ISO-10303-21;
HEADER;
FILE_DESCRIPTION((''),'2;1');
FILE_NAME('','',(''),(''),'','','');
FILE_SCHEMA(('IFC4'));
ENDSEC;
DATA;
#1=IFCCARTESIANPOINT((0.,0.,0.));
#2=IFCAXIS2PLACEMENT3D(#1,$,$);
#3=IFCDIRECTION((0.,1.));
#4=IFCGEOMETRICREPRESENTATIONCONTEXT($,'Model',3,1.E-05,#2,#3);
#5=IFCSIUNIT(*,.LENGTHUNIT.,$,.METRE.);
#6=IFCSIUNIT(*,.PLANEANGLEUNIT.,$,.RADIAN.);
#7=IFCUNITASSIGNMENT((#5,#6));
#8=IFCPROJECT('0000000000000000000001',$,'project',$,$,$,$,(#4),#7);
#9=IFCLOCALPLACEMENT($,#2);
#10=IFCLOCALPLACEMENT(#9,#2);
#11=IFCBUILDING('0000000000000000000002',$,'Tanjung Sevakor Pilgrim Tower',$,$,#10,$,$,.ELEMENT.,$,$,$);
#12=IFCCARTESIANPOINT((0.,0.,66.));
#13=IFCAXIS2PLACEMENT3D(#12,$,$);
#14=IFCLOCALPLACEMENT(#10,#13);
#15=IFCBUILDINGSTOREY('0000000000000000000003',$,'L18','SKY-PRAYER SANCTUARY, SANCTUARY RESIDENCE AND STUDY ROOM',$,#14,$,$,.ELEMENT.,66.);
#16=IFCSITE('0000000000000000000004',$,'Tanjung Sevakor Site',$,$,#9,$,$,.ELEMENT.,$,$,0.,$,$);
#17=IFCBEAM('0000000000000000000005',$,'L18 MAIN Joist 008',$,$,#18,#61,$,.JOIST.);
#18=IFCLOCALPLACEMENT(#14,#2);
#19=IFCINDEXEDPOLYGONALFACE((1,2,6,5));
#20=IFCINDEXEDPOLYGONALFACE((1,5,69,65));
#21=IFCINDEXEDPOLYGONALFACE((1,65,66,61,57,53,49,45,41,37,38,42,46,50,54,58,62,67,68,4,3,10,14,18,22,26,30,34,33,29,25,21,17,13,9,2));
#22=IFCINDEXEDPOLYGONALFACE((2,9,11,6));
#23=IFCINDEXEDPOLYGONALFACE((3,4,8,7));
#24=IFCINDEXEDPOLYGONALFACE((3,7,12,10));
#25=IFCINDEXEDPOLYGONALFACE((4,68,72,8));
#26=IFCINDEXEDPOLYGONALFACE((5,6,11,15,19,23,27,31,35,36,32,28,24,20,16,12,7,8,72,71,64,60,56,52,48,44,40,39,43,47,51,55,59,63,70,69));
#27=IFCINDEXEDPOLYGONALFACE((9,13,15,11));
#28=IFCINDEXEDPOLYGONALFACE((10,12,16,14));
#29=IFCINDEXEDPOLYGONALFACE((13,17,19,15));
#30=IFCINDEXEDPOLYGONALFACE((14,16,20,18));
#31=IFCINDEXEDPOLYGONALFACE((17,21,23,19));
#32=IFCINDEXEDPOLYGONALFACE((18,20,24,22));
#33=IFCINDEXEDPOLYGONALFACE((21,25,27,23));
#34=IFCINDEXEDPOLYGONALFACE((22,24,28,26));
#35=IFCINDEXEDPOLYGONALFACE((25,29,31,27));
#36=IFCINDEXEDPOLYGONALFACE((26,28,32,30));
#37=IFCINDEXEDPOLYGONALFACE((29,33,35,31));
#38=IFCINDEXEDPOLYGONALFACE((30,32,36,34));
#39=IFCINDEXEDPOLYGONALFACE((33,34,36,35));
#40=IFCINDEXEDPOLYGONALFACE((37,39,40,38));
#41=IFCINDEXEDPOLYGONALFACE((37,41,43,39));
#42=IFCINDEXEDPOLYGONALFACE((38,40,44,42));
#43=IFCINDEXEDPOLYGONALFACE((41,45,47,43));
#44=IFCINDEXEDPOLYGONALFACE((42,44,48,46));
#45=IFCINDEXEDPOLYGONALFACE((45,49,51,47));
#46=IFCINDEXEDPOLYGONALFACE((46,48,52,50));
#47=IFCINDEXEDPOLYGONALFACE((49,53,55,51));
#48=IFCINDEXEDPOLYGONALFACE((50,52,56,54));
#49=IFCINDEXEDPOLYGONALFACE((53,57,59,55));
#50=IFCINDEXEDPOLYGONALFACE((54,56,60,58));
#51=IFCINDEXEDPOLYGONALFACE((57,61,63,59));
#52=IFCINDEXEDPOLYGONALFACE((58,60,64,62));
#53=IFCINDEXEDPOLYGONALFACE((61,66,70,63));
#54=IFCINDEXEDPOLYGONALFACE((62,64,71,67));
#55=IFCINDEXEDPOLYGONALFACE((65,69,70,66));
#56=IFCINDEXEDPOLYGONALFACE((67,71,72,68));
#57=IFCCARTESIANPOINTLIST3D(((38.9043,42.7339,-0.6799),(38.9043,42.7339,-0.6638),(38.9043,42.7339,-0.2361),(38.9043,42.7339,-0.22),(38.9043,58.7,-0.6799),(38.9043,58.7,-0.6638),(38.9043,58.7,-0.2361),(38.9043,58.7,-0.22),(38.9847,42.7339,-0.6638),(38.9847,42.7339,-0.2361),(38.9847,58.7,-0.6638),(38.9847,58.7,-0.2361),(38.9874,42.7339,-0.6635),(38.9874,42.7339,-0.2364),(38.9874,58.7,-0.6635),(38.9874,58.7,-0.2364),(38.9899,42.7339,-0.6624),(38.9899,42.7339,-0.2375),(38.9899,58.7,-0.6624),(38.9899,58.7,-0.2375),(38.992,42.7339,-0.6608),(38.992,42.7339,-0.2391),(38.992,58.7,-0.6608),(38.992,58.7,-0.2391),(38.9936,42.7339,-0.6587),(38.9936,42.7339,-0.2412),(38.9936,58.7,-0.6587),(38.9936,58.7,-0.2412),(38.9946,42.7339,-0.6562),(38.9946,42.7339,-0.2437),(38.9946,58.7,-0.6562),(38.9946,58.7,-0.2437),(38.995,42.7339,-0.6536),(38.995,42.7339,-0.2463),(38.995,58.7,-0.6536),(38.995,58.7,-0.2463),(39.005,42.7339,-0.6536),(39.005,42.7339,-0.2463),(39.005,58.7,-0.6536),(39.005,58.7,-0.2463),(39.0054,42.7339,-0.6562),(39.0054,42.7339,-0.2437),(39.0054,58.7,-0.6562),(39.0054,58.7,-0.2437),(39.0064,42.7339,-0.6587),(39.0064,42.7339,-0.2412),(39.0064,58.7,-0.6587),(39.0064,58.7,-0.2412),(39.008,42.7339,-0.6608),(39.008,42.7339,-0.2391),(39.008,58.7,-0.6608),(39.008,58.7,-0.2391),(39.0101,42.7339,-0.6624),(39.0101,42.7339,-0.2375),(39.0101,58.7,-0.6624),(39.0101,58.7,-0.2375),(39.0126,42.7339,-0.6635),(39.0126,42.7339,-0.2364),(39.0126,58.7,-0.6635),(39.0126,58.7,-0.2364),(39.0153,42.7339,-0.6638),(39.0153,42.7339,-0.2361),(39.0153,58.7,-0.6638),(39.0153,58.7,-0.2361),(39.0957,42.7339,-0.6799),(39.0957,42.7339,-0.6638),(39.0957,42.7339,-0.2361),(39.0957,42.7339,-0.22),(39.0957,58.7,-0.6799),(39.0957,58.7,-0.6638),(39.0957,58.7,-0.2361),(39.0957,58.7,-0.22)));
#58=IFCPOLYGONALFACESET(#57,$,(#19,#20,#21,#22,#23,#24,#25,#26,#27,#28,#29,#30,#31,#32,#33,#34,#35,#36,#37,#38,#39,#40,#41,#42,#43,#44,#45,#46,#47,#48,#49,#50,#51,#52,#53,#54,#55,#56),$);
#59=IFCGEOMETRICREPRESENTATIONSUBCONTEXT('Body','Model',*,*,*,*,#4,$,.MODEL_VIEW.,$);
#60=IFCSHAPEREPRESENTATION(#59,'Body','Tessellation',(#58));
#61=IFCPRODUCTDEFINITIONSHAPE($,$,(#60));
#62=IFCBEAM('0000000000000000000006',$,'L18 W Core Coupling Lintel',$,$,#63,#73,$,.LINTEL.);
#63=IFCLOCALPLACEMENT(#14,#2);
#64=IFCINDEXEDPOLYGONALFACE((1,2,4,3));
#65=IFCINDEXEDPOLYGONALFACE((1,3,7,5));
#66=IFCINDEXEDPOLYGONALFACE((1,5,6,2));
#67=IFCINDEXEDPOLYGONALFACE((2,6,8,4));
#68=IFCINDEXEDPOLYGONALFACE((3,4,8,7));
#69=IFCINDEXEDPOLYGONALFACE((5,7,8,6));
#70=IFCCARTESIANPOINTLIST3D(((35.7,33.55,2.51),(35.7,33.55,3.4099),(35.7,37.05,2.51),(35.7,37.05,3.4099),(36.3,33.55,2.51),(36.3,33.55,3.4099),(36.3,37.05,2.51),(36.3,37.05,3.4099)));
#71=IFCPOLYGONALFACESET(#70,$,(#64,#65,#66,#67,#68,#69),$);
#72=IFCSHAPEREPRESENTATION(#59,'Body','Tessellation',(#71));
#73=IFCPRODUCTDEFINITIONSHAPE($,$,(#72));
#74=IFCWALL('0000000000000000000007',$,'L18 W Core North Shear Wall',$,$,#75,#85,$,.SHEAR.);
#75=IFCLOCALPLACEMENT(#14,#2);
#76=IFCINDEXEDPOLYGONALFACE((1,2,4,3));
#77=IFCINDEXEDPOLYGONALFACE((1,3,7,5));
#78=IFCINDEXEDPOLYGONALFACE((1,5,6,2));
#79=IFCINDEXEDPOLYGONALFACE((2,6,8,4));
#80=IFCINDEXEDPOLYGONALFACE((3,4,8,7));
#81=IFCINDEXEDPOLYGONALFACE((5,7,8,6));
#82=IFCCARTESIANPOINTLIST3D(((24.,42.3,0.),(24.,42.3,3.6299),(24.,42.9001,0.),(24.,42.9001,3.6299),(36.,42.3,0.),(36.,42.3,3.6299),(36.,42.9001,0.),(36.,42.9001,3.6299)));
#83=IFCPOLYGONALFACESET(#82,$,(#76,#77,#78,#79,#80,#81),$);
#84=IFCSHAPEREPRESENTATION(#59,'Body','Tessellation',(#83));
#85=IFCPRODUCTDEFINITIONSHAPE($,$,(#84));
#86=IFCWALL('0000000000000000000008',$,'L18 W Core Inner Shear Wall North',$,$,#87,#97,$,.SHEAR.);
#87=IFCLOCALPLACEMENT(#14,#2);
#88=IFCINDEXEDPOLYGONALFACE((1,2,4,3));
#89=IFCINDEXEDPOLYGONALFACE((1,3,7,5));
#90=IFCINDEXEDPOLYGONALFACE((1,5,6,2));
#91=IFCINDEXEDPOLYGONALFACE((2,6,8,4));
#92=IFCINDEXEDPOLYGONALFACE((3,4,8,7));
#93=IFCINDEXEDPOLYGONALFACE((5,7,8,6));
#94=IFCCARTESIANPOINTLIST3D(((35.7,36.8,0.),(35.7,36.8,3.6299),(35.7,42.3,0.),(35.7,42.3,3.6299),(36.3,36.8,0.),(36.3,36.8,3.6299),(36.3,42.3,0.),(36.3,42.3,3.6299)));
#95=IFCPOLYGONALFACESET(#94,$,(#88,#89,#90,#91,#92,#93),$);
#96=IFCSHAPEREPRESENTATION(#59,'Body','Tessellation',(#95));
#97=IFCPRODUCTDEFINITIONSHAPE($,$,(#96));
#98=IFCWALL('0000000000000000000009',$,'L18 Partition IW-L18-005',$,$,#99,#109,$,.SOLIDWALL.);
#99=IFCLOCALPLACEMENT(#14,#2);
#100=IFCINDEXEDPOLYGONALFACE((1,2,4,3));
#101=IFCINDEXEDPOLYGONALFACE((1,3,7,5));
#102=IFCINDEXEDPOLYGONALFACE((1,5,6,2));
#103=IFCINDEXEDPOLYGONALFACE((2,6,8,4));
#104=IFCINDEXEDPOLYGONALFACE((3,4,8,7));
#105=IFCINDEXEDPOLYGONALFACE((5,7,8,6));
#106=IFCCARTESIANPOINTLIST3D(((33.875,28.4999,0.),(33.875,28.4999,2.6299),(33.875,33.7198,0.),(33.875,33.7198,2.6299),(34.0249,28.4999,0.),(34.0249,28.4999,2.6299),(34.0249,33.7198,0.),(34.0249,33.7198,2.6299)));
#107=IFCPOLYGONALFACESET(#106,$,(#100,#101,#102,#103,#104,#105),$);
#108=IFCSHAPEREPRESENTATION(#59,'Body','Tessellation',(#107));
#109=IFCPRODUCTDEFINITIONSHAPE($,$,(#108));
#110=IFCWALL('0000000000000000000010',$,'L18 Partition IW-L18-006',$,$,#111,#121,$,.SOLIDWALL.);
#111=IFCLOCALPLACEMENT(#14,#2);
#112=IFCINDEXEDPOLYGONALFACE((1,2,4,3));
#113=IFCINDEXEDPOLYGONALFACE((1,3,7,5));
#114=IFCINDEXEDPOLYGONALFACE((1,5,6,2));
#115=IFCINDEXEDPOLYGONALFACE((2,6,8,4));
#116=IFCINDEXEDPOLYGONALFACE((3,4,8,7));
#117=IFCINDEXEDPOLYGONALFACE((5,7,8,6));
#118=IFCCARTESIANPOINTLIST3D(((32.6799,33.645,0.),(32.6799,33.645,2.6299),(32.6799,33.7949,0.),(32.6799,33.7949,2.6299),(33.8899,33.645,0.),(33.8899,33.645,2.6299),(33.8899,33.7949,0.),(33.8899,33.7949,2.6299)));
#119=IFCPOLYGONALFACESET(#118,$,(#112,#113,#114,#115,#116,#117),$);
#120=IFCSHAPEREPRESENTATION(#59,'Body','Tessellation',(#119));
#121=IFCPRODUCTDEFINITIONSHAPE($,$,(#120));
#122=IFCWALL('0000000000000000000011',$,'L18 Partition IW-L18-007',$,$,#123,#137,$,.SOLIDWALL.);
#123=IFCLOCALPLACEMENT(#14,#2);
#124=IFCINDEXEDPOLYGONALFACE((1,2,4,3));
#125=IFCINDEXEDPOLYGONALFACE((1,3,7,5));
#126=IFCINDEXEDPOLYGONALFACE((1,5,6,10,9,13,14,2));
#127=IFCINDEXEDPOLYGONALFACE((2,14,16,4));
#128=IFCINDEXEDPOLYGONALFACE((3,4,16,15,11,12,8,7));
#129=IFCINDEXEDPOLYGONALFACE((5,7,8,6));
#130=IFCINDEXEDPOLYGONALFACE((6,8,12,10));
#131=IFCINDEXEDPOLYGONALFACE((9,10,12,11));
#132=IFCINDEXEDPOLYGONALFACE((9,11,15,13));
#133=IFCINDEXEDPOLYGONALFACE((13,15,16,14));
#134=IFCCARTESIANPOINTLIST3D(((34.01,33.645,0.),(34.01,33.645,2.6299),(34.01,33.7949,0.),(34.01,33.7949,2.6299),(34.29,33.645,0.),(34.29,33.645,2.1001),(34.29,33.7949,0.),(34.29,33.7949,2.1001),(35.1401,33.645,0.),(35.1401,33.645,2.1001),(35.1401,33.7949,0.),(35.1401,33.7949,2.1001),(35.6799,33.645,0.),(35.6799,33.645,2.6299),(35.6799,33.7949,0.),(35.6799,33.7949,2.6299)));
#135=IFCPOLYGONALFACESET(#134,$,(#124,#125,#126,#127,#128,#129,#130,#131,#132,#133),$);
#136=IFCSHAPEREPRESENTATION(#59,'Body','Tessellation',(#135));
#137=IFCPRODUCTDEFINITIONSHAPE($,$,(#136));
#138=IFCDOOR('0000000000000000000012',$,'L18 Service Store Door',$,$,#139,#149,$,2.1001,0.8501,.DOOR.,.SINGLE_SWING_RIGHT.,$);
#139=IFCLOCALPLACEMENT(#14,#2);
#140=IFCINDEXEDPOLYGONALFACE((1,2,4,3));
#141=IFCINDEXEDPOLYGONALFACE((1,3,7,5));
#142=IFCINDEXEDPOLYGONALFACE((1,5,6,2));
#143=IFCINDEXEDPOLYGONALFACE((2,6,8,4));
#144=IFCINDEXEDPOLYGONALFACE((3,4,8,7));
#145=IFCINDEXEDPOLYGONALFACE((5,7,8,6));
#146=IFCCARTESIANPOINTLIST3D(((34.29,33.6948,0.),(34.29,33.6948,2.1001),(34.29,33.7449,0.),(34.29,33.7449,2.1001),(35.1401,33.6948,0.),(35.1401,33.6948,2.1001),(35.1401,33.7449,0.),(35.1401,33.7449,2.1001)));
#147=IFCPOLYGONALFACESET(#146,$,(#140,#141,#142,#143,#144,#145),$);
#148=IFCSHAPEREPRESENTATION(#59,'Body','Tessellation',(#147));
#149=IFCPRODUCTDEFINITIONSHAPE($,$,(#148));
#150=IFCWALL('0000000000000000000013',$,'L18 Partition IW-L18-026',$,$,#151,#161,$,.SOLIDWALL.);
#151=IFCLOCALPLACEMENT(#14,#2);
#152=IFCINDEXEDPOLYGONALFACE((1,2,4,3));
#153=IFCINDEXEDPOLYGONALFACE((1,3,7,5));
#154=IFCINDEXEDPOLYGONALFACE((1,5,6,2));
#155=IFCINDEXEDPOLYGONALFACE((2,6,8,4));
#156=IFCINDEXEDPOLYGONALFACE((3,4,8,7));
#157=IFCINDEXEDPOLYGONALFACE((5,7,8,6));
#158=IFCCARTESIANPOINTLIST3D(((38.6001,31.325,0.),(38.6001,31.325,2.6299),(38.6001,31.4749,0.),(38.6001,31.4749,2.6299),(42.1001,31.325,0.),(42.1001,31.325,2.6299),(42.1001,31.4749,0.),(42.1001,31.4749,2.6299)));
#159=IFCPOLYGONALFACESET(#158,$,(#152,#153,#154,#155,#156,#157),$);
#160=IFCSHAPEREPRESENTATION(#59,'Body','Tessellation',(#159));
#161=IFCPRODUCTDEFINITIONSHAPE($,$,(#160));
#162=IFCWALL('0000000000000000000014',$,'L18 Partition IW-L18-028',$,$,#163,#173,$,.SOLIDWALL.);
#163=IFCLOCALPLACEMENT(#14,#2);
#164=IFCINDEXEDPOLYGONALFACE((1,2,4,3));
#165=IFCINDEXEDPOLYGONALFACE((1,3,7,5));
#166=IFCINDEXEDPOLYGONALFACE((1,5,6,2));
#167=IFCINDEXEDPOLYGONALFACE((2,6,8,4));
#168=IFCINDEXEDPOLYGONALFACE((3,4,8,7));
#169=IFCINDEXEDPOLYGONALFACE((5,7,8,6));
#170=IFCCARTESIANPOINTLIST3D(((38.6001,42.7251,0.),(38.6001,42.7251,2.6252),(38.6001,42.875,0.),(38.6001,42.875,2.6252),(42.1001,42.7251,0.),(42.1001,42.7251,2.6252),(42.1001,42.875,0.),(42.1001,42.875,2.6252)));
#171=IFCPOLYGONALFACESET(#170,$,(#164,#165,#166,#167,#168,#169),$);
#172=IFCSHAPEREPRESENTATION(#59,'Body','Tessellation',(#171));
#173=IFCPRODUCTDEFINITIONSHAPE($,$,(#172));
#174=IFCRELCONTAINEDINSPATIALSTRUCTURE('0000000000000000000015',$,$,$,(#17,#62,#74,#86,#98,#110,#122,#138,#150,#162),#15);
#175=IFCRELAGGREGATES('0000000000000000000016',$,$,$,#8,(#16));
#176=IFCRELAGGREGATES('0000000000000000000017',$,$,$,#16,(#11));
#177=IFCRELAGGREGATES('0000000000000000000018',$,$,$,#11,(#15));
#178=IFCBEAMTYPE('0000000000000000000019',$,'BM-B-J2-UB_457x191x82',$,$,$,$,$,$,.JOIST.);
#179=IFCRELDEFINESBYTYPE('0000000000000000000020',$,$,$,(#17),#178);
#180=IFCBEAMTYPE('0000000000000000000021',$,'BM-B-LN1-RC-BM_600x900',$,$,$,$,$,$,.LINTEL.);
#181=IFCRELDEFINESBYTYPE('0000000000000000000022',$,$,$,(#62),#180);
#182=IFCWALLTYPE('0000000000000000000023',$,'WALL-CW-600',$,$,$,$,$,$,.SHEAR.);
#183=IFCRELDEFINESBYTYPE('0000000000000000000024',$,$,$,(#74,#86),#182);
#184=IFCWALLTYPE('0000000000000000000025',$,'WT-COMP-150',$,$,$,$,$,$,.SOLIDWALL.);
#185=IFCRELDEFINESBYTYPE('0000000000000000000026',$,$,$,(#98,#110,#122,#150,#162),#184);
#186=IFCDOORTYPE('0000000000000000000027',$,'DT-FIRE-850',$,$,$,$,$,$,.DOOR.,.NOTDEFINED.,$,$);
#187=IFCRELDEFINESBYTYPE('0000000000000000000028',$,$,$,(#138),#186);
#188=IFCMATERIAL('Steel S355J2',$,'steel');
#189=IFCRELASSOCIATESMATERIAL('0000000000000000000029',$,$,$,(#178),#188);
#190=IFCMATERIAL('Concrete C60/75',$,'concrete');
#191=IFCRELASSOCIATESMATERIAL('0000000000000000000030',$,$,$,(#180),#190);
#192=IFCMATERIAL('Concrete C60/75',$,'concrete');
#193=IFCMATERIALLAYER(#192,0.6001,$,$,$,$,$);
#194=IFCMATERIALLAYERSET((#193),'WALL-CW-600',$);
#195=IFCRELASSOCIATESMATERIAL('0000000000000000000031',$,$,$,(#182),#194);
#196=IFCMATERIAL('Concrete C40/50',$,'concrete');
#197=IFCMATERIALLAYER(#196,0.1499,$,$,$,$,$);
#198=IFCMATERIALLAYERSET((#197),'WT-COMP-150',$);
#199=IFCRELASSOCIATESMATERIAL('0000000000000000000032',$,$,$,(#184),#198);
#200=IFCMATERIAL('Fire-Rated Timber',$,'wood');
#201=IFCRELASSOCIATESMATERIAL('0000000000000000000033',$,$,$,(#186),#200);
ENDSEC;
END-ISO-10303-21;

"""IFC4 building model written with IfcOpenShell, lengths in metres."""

from ifc_helpers import new_model, si_unit, direction, frame, frame_2d, origin, origin_2d, place, context, subcontext, project, spatial, rectangle, i_section, extrude, material, layer, layer_set, material_profile, profile_set, type_object, element, fill, save


model = new_model("IFC4")

# Units and contexts
model_context = context("Model", 3, precision=1e-05, world=origin(), true_north=direction((0.0, 1.0)))
body_context = subcontext(model_context, "Body", "Model", "MODEL_VIEW")
ifc_project = project(units=[si_unit("LENGTHUNIT", "METRE"), si_unit("PLANEANGLEUNIT", "RADIAN")], contexts=[model_context])

# Site, building, storey
site_placement = place(None, origin())
site = spatial("IfcSite", under=ifc_project, at=site_placement, Name="Tanjung Sevakor Site", CompositionType="ELEMENT", RefElevation=0.0)
building_placement = place(site_placement, origin())
building = spatial("IfcBuilding", under=site, at=building_placement, Name="Tanjung Sevakor Pilgrim Tower", CompositionType="ELEMENT")
storey_placement = place(building_placement, frame((0.0, 0.0, 66.0)))
storey = spatial("IfcBuildingStorey", under=building, at=storey_placement, Name="L18", Description="SKY-PRAYER SANCTUARY, SANCTUARY RESIDENCE AND STUDY ROOM", CompositionType="ELEMENT", Elevation=66.0)

# Beams
ifc_material_1 = material(Name="Steel S355J2", Category="steel")
ifc_material_profile_1 = material_profile(ifc_material_1, i_section(OverallWidth=0.1914, OverallDepth=0.46, WebThickness=0.01, FlangeThickness=0.0161, FilletRadius=0.0103, at=origin_2d()))
ifc_profile_set_1 = profile_set([ifc_material_profile_1], Name="Steel S355J2")
beam_type_1 = type_object("IfcBeamType", Name="BM-B-J2-UB_457x191x82", PredefinedType="JOIST", material=ifc_profile_set_1)
for number, where, z_axis, x_axis, name in (
    (1, (39.0, 42.7339, -0.45), (0.0, 1.0, 0.0), (-1.0, 0.0, 0.0), "L18 MAIN Joist 008"),
):
    element("IfcBeam", number, at=place(storey_placement, frame(where, z_axis=z_axis, x_axis=x_axis)), inside=storey, type_object=beam_type_1, Name=name, PredefinedType="JOIST", context=body_context, shape_type="SweptSolid", body=[
        extrude(i_section(OverallWidth=0.1914, OverallDepth=0.46, WebThickness=0.01, FlangeThickness=0.0161, FilletRadius=0.0103, at=origin_2d()), origin(), (0.0, 0.0, 1.0), 15.9661),
    ])
ifc_material_2 = material(Name="Concrete C60/75", Category="concrete")
ifc_material_profile_2 = material_profile(ifc_material_2, rectangle(XDim=0.6001, YDim=0.8999, at=origin_2d()))
ifc_profile_set_2 = profile_set([ifc_material_profile_2], Name="Concrete C60/75")
beam_type_2 = type_object("IfcBeamType", Name="BM-B-LN1-RC-BM_600x900", PredefinedType="LINTEL", material=ifc_profile_set_2)
beam_1_placement = place(storey_placement, frame((36.0, 33.55, 2.96), z_axis=(0.0, 1.0, 0.0), x_axis=(-1.0, 0.0, 0.0)))
element("IfcBeam", 2, at=beam_1_placement, inside=storey, type_object=beam_type_2, Name="L18 W Core Coupling Lintel", PredefinedType="LINTEL", context=body_context, shape_type="SweptSolid", body=[
    extrude(rectangle(XDim=0.6001, YDim=0.8999, at=origin_2d()), origin(), (0.0, 0.0, 1.0), 3.5),
])

# Walls
ifc_material_3 = material(Name="Concrete C60/75", Category="concrete")
ifc_layer_1 = layer(ifc_material_3, 0.6001)
ifc_layer_set_1 = layer_set([ifc_layer_1], Name="WALL-CW-600")
wall_type_1 = type_object("IfcWallType", Name="WALL-CW-600", PredefinedType="SHEAR", material=ifc_layer_set_1)
wall_1_placement = place(storey_placement, frame((36.0, 42.6001, 0.0), z_axis=(0.0, 0.0, 1.0), x_axis=(-1.0, 0.0, 0.0)))
element("IfcWall", 3, at=wall_1_placement, inside=storey, type_object=wall_type_1, Name="L18 W Core North Shear Wall", PredefinedType="SHEAR", context=body_context, shape_type="SweptSolid", body=[
    extrude(rectangle(XDim=12.0, YDim=0.6001, at=frame_2d((6.0, 0.0))), origin(), (0.0, 0.0, 1.0), 3.6299),
])
wall_2_placement = place(storey_placement, frame((36.0, 36.8, 0.0), z_axis=(0.0, 0.0, 1.0), x_axis=(0.0, 1.0, 0.0)))
element("IfcWall", 4, at=wall_2_placement, inside=storey, type_object=wall_type_1, Name="L18 W Core Inner Shear Wall North", PredefinedType="SHEAR", context=body_context, shape_type="SweptSolid", body=[
    extrude(rectangle(XDim=5.5, YDim=0.6001, at=frame_2d((2.75, 0.0))), origin(), (0.0, 0.0, 1.0), 3.6299),
])
ifc_material_4 = material(Name="Concrete C40/50", Category="concrete")
ifc_layer_2 = layer(ifc_material_4, 0.1499)
ifc_layer_set_2 = layer_set([ifc_layer_2], Name="WT-COMP-150")
wall_type_2 = type_object("IfcWallType", Name="WT-COMP-150", PredefinedType="SOLIDWALL", material=ifc_layer_set_2)
wall_3_placement = place(storey_placement, frame((33.95, 28.5, 0.0), z_axis=(0.0, 0.0, 1.0), x_axis=(0.0, 1.0, 0.0)))
element("IfcWall", 5, at=wall_3_placement, inside=storey, type_object=wall_type_2, Name="L18 Partition IW-L18-005", PredefinedType="SOLIDWALL", context=body_context, shape_type="SweptSolid", body=[
    extrude(rectangle(XDim=5.22, YDim=0.1499, at=frame_2d((2.6099, 0.0))), origin(), (0.0, 0.0, 1.0), 2.6299),
])
wall_4_placement = place(storey_placement, frame((32.6799, 33.72, 0.0), z_axis=(0.0, 0.0, 1.0), x_axis=(1.0, 0.0, 0.0)))
element("IfcWall", 6, at=wall_4_placement, inside=storey, type_object=wall_type_2, Name="L18 Partition IW-L18-006", PredefinedType="SOLIDWALL", context=body_context, shape_type="SweptSolid", body=[
    extrude(rectangle(XDim=1.21, YDim=0.1499, at=frame_2d((0.605, 0.0))), origin(), (0.0, 0.0, 1.0), 2.6299),
])

# Wall, opening, door
wall_5_placement = place(storey_placement, frame((34.01, 33.72, 0.0), z_axis=(0.0, 0.0, 1.0), x_axis=(1.0, 0.0, 0.0)))
wall_5 = element("IfcWall", 7, at=wall_5_placement, inside=storey, type_object=wall_type_2, Name="L18 Partition IW-L18-007", PredefinedType="SOLIDWALL", context=body_context, shape_type="SweptSolid", body=[
    extrude(rectangle(XDim=1.6699, YDim=0.1499, at=frame_2d((0.835, 0.0))), origin(), (0.0, 0.0, 1.0), 2.6299),
])
opening_1_placement = place(wall_5_placement, frame((0.28, 0.0, 0.0)))
opening_1 = element("IfcOpeningElement", 8, at=opening_1_placement, cuts=wall_5, PredefinedType="OPENING", context=body_context, shape_type="SweptSolid", body=[
    extrude(rectangle(XDim=0.8501, YDim=2.1001, at=frame_2d((0.425, 1.05))), frame((0.0, 0.085, 0.0), z_axis=(0.0, -1.0, 0.0), x_axis=(1.0, 0.0, 0.0)), (0.0, 0.0, 1.0), 0.1699),
])
ifc_material_5 = material(Name="Fire-Rated Timber", Category="wood")
door_type_1 = type_object("IfcDoorType", Name="DT-FIRE-850", OperationType="NOTDEFINED", PredefinedType="DOOR", material=ifc_material_5)
door_1_placement = place(opening_1_placement, origin())
door_1 = element("IfcDoor", 9, at=door_1_placement, inside=storey, type_object=door_type_1, Name="L18 Service Store Door", OperationType="SINGLE_SWING_RIGHT", OverallHeight=2.1001, OverallWidth=0.8501, PredefinedType="DOOR", context=body_context, shape_type="SweptSolid", body=[
    extrude(rectangle(XDim=0.8501, YDim=2.1001, at=frame_2d((0.425, 1.05))), frame((0.0, 0.0249, 0.0), z_axis=(0.0, -1.0, 0.0), x_axis=(1.0, 0.0, 0.0)), (0.0, 0.0, 1.0), 0.05),
])
fill(opening_1, door_1)

# Walls
wall_6_placement = place(storey_placement, frame((38.6001, 31.3999, 0.0), z_axis=(0.0, 0.0, 1.0), x_axis=(1.0, 0.0, 0.0)))
element("IfcWall", 10, at=wall_6_placement, inside=storey, type_object=wall_type_2, Name="L18 Partition IW-L18-026", PredefinedType="SOLIDWALL", context=body_context, shape_type="SweptSolid", body=[
    extrude(rectangle(XDim=3.5, YDim=0.1499, at=frame_2d((1.75, 0.0))), origin(), (0.0, 0.0, 1.0), 2.6299),
])
wall_7_placement = place(storey_placement, frame((38.6001, 42.8, 0.0), z_axis=(0.0, 0.0, 1.0), x_axis=(1.0, 0.0, 0.0)))
element("IfcWall", 11, at=wall_7_placement, inside=storey, type_object=wall_type_2, Name="L18 Partition IW-L18-028", PredefinedType="SOLIDWALL", context=body_context, shape_type="SweptSolid", body=[
    extrude(rectangle(XDim=3.5, YDim=0.1499, at=frame_2d((1.75, 0.0))), origin(), (0.0, 0.0, 1.0), 2.6252),
])

save(model, "model.ifc")
